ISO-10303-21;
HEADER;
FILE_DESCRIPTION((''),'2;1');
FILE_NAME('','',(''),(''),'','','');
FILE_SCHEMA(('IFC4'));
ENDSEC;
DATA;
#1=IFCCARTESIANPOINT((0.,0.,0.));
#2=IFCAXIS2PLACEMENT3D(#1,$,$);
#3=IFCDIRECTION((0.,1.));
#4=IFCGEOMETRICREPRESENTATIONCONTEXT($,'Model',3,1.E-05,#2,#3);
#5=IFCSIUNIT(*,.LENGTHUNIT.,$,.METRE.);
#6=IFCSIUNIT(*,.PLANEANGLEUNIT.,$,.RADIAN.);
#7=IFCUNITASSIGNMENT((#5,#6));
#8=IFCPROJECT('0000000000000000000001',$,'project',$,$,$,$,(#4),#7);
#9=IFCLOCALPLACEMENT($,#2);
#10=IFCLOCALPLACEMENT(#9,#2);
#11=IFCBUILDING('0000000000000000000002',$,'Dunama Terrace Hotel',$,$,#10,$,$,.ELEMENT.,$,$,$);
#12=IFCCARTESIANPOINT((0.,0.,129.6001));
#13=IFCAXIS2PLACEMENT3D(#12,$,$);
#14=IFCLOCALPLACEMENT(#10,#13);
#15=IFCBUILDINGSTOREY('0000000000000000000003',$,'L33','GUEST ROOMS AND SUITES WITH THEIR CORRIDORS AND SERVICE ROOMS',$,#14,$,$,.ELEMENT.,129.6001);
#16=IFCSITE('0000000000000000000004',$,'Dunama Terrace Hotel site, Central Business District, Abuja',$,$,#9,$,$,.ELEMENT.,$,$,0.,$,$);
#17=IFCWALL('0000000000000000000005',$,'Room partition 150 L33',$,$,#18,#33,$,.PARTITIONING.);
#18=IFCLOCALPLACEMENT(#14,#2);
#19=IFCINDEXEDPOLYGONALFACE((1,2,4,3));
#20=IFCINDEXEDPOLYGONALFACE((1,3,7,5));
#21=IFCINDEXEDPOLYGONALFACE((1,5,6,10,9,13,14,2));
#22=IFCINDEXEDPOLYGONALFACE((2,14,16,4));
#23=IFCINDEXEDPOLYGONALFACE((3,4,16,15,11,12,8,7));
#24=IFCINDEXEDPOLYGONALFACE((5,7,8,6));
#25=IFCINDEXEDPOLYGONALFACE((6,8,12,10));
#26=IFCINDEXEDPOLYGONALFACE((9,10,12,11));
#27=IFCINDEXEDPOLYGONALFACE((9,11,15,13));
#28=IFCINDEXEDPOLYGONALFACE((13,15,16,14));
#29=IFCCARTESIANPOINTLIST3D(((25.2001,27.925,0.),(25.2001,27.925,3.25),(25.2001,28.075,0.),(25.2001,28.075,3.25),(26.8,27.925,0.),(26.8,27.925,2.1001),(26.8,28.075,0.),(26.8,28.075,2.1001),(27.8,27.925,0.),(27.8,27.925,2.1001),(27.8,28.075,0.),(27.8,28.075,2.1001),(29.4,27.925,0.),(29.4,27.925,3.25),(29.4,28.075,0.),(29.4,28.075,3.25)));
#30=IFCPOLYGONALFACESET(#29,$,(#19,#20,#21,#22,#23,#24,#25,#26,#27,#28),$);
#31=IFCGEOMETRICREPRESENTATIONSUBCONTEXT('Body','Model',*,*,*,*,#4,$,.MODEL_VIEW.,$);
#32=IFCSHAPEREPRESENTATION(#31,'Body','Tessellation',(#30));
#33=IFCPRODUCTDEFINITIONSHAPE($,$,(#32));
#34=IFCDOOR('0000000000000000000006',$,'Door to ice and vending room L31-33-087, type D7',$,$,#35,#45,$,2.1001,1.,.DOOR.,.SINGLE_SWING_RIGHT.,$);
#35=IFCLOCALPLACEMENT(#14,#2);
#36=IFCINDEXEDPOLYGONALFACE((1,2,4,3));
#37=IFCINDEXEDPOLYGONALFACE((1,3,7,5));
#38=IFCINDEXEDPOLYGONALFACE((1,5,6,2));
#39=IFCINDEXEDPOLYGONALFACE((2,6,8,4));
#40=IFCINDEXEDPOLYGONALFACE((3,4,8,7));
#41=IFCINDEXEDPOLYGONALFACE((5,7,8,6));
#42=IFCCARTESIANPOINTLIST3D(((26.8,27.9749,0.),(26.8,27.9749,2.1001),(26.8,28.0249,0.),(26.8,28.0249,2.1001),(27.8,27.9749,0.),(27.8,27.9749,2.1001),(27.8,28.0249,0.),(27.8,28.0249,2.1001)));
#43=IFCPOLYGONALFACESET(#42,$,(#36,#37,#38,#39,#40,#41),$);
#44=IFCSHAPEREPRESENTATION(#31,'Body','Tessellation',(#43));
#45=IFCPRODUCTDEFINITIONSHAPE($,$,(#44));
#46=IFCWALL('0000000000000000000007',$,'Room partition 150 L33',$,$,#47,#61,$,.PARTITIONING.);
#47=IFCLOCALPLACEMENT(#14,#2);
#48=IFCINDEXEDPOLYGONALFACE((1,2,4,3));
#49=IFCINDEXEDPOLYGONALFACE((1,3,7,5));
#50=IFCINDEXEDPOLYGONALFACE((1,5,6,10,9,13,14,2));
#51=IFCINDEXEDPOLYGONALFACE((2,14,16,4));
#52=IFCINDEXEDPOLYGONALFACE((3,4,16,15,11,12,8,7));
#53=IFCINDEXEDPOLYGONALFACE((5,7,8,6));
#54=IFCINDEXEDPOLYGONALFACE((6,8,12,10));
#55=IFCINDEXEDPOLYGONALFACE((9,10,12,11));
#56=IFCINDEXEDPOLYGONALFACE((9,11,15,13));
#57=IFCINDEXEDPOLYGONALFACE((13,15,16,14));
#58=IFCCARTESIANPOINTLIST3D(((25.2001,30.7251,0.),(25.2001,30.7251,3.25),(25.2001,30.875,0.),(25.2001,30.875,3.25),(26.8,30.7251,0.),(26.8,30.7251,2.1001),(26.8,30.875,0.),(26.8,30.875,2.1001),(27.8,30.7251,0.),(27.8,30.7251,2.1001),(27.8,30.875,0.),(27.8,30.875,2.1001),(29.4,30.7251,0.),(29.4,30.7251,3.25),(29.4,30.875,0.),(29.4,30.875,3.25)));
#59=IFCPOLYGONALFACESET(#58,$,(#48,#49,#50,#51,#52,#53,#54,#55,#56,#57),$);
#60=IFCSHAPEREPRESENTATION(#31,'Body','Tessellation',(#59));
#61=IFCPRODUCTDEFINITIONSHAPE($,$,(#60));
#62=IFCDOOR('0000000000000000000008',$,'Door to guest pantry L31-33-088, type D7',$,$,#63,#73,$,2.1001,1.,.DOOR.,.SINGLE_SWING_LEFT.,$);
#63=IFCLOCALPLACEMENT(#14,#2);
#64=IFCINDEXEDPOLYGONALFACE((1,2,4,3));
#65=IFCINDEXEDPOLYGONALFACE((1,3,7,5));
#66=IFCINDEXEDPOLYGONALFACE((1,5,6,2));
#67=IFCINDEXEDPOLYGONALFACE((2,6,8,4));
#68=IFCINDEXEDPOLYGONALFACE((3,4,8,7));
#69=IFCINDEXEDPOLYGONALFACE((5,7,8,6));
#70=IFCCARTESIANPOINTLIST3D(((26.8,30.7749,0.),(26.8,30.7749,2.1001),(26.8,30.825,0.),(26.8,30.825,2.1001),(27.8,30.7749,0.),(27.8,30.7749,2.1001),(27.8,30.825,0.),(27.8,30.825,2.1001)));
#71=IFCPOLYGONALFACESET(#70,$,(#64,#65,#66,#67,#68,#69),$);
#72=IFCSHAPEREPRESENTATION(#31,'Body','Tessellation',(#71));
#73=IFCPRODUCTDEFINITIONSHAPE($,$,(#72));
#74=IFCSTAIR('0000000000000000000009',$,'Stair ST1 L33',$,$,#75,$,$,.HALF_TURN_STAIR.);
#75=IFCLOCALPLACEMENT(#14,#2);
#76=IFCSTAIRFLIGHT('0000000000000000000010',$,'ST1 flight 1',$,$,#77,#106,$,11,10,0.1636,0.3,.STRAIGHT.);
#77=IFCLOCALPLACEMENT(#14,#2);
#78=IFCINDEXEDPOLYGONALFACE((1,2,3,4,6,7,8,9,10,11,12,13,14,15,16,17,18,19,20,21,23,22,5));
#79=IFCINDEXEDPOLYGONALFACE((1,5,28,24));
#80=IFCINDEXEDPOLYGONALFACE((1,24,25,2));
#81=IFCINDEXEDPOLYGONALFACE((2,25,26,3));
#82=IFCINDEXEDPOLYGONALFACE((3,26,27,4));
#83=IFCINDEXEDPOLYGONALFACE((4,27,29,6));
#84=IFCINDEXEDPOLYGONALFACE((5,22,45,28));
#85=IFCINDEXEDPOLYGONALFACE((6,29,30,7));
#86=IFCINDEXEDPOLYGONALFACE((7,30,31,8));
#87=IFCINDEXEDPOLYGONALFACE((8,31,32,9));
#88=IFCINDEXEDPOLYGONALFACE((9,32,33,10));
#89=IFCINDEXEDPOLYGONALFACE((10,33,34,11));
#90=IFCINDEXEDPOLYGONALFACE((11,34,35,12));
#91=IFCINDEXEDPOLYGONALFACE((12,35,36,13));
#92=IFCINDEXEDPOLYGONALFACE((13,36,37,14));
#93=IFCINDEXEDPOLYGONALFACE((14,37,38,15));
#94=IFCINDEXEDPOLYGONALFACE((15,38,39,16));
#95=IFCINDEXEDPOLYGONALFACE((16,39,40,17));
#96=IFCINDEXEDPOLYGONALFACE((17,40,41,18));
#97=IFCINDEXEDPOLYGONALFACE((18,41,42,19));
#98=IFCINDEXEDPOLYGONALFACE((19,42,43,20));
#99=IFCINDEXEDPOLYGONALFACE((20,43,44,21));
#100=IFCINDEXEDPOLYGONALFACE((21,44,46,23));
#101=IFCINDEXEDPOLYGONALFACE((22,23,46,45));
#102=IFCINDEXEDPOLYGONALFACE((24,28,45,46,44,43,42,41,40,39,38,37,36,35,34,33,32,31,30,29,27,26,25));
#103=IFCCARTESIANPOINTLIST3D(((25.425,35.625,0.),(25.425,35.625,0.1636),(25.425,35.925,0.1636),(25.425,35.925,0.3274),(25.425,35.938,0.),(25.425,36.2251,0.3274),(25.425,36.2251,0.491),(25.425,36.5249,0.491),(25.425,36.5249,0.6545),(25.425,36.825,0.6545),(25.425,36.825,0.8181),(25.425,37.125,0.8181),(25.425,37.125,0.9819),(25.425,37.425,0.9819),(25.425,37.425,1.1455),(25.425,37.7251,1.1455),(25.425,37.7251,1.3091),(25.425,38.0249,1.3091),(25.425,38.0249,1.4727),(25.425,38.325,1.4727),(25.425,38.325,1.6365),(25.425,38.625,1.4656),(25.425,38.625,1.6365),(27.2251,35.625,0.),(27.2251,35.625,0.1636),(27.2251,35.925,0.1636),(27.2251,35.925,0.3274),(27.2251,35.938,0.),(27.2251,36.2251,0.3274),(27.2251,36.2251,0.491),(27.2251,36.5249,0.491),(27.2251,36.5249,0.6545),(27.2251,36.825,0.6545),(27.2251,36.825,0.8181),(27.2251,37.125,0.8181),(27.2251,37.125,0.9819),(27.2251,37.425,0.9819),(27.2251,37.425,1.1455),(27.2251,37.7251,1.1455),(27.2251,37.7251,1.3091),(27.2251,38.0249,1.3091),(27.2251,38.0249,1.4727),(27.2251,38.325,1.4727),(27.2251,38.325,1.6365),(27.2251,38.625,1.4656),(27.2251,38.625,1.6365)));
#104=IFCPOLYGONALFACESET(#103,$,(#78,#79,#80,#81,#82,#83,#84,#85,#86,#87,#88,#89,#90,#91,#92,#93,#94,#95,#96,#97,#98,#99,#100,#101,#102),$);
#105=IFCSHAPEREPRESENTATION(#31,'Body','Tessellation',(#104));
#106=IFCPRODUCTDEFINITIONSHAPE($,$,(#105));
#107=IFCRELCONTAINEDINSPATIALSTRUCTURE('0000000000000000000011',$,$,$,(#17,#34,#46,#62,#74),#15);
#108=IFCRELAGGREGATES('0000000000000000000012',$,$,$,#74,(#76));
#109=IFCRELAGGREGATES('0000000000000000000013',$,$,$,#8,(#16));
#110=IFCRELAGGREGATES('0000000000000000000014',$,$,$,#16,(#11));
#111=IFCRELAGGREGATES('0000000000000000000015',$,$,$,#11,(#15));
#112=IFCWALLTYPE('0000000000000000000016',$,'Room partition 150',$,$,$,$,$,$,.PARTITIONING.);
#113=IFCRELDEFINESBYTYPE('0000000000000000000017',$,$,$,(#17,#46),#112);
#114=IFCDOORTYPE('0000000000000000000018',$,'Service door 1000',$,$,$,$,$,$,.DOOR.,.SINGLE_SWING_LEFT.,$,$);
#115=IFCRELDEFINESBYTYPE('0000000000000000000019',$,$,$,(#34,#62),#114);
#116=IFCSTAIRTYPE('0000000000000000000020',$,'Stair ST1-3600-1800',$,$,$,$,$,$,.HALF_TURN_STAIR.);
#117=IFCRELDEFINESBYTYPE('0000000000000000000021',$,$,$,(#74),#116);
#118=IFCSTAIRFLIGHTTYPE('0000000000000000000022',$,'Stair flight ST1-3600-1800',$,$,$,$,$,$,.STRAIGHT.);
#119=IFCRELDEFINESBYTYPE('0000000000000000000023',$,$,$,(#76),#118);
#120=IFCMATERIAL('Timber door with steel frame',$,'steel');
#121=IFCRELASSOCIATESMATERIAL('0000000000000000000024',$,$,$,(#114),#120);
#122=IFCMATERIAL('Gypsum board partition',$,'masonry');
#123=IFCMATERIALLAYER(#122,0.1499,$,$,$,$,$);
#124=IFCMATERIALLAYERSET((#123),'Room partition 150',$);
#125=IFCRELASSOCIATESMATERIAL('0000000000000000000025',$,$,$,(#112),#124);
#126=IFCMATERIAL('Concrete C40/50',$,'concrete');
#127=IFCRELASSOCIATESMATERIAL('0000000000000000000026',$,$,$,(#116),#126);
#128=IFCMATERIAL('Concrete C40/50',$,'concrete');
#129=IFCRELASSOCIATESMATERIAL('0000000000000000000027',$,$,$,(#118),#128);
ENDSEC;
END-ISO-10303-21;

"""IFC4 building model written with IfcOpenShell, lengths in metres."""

from ifc_helpers import new_model, si_unit, direction, frame, frame_2d, origin, place, context, subcontext, project, spatial, polyline, rectangle, outline, extrude, material, layer, layer_set, type_object, element, fill, aggregate, save


model = new_model("IFC4")

# Units and contexts
model_context = context("Model", 3, precision=1e-05, world=origin(), true_north=direction((0.0, 1.0)))
body_context = subcontext(model_context, "Body", "Model", "MODEL_VIEW")
ifc_project = project(units=[si_unit("LENGTHUNIT", "METRE"), si_unit("PLANEANGLEUNIT", "RADIAN")], contexts=[model_context])

# Site, building, storey
site_placement = place(None, origin())
site = spatial("IfcSite", under=ifc_project, at=site_placement, Name="Dunama Terrace Hotel site, Central Business District, Abuja", CompositionType="ELEMENT", RefElevation=0.0)
building_placement = place(site_placement, origin())
building = spatial("IfcBuilding", under=site, at=building_placement, Name="Dunama Terrace Hotel", CompositionType="ELEMENT")
storey_placement = place(building_placement, frame((0.0, 0.0, 129.6001)))
storey = spatial("IfcBuildingStorey", under=building, at=storey_placement, Name="L33", Description="GUEST ROOMS AND SUITES WITH THEIR CORRIDORS AND SERVICE ROOMS", CompositionType="ELEMENT", Elevation=129.6001)

# Shared definitions
ifc_material_1 = material(Name="Timber door with steel frame", Category="steel")
door_type_1 = type_object("IfcDoorType", Name="Service door 1000", OperationType="SINGLE_SWING_LEFT", PredefinedType="DOOR", material=ifc_material_1)

# Walls, openings, doors
ifc_material_2 = material(Name="Gypsum board partition", Category="masonry")
ifc_layer_1 = layer(ifc_material_2, 0.1499)
ifc_layer_set_1 = layer_set([ifc_layer_1], Name="Room partition 150")
wall_type_1 = type_object("IfcWallType", Name="Room partition 150", PredefinedType="PARTITIONING", material=ifc_layer_set_1)
wall_1_placement = place(storey_placement, frame((25.2, 28.0, 0.0), z_axis=(0.0, 0.0, 1.0), x_axis=(1.0, 0.0, 0.0)))
wall_1 = element("IfcWall", 1, at=wall_1_placement, inside=storey, type_object=wall_type_1, Name="Room partition 150 L33", PredefinedType="PARTITIONING", context=body_context, shape_type="SweptSolid", body=[
    extrude(rectangle(XDim=4.2, YDim=0.1499, at=frame_2d((2.1001, 0.0))), origin(), (0.0, 0.0, 1.0), 3.25),
])
opening_1_placement = place(wall_1_placement, frame((1.6001, 0.0, 0.0)))
opening_1 = element("IfcOpeningElement", 2, at=opening_1_placement, cuts=wall_1, PredefinedType="OPENING", context=body_context, shape_type="SweptSolid", body=[
    extrude(rectangle(XDim=1.0, YDim=2.1001, at=frame_2d((0.5, 1.05))), frame((0.0, 0.085, 0.0), z_axis=(0.0, -1.0, 0.0), x_axis=(1.0, 0.0, 0.0)), (0.0, 0.0, 1.0), 0.1699),
])
door_1_placement = place(opening_1_placement, frame((1.0, 0.0, 0.0), z_axis=(0.0, 0.0, 1.0), x_axis=(-1.0, 0.0, 0.0)))
door_1 = element("IfcDoor", 3, at=door_1_placement, inside=storey, type_object=door_type_1, Name="Door to ice and vending room L31-33-087, type D7", OperationType="SINGLE_SWING_RIGHT", OverallHeight=2.1001, OverallWidth=1.0, PredefinedType="DOOR", context=body_context, shape_type="SweptSolid", body=[
    extrude(rectangle(XDim=1.0, YDim=2.1001, at=frame_2d((0.5, 1.05))), frame((0.0, 0.0251, 0.0), z_axis=(0.0, -1.0, 0.0), x_axis=(1.0, 0.0, 0.0)), (0.0, 0.0, 1.0), 0.05),
])
fill(opening_1, door_1)
wall_2_placement = place(storey_placement, frame((25.2, 30.8, 0.0), z_axis=(0.0, 0.0, 1.0), x_axis=(1.0, 0.0, 0.0)))
wall_2 = element("IfcWall", 4, at=wall_2_placement, inside=storey, type_object=wall_type_1, Name="Room partition 150 L33", PredefinedType="PARTITIONING", context=body_context, shape_type="SweptSolid", body=[
    extrude(rectangle(XDim=4.2, YDim=0.1499, at=frame_2d((2.1001, 0.0))), origin(), (0.0, 0.0, 1.0), 3.25),
])
opening_2_placement = place(wall_2_placement, frame((1.6001, 0.0, 0.0)))
opening_2 = element("IfcOpeningElement", 5, at=opening_2_placement, cuts=wall_2, PredefinedType="OPENING", context=body_context, shape_type="SweptSolid", body=[
    extrude(rectangle(XDim=1.0, YDim=2.1001, at=frame_2d((0.5, 1.05))), frame((0.0, 0.085, 0.0), z_axis=(0.0, -1.0, 0.0), x_axis=(1.0, 0.0, 0.0)), (0.0, 0.0, 1.0), 0.1699),
])
door_2_placement = place(opening_2_placement, origin())
door_2 = element("IfcDoor", 6, at=door_2_placement, inside=storey, type_object=door_type_1, Name="Door to guest pantry L31-33-088, type D7", OperationType="SINGLE_SWING_LEFT", OverallHeight=2.1001, OverallWidth=1.0, PredefinedType="DOOR", context=body_context, shape_type="SweptSolid", body=[
    extrude(rectangle(XDim=1.0, YDim=2.1001, at=frame_2d((0.5, 1.05))), frame((0.0, 0.0249, 0.0), z_axis=(0.0, -1.0, 0.0), x_axis=(1.0, 0.0, 0.0)), (0.0, 0.0, 1.0), 0.05),
])
fill(opening_2, door_2)

# Stair, stair flight
ifc_material_3 = material(Name="Concrete C40/50", Category="concrete")
stair_type = type_object("IfcStairType", Name="Stair ST1-3600-1800", PredefinedType="HALF_TURN_STAIR", material=ifc_material_3)
stair_placement = place(storey_placement, origin())
stair = element("IfcStair", 7, at=stair_placement, inside=storey, type_object=stair_type, Name="Stair ST1 L33", PredefinedType="HALF_TURN_STAIR")
ifc_material_4 = material(Name="Concrete C40/50", Category="concrete")
stair_flight_type = type_object("IfcStairFlightType", Name="Stair flight ST1-3600-1800", PredefinedType="STRAIGHT", material=ifc_material_4)
stair_flight_placement = place(storey_placement, frame((26.325, 35.625, 0.0), z_axis=(0.0, 0.0, 1.0), x_axis=(0.0, 1.0, 0.0)))
stair_flight = element("IfcStairFlight", 8, at=stair_flight_placement, type_object=stair_flight_type, Name="ST1 flight 1", NumberOfRisers=11, NumberOfTreads=10, PredefinedType="STRAIGHT", RiserHeight=0.1636, TreadLength=0.3, context=body_context, shape_type="SweptSolid", body=[
    extrude(outline(polyline([(0.0, 0.0), (0.0, 0.1636), (0.3, 0.1636), (0.3, 0.3274), (0.6001, 0.3274), (0.6001, 0.491), (0.8999, 0.491), (0.8999, 0.6545), (1.2, 0.6545), (1.2, 0.8181), (1.5, 0.8181), (1.5, 0.9819), (1.8, 0.9819), (1.8, 1.1455), (2.1001, 1.1455), (2.1001, 1.3091), (2.3999, 1.3091), (2.3999, 1.4727), (2.7, 1.4727), (2.7, 1.6365), (3.0, 1.6365), (3.0, 1.8), (3.0, 1.4656), (0.313, 0.0), (0.0, 0.0)])), frame((0.0, 0.8999, 0.0), z_axis=(0.0, -1.0, 0.0), x_axis=(1.0, 0.0, 0.0)), (0.0, 0.0, 1.0), 1.8),
])
aggregate(stair, [stair_flight])

save(model, "model.ifc")
